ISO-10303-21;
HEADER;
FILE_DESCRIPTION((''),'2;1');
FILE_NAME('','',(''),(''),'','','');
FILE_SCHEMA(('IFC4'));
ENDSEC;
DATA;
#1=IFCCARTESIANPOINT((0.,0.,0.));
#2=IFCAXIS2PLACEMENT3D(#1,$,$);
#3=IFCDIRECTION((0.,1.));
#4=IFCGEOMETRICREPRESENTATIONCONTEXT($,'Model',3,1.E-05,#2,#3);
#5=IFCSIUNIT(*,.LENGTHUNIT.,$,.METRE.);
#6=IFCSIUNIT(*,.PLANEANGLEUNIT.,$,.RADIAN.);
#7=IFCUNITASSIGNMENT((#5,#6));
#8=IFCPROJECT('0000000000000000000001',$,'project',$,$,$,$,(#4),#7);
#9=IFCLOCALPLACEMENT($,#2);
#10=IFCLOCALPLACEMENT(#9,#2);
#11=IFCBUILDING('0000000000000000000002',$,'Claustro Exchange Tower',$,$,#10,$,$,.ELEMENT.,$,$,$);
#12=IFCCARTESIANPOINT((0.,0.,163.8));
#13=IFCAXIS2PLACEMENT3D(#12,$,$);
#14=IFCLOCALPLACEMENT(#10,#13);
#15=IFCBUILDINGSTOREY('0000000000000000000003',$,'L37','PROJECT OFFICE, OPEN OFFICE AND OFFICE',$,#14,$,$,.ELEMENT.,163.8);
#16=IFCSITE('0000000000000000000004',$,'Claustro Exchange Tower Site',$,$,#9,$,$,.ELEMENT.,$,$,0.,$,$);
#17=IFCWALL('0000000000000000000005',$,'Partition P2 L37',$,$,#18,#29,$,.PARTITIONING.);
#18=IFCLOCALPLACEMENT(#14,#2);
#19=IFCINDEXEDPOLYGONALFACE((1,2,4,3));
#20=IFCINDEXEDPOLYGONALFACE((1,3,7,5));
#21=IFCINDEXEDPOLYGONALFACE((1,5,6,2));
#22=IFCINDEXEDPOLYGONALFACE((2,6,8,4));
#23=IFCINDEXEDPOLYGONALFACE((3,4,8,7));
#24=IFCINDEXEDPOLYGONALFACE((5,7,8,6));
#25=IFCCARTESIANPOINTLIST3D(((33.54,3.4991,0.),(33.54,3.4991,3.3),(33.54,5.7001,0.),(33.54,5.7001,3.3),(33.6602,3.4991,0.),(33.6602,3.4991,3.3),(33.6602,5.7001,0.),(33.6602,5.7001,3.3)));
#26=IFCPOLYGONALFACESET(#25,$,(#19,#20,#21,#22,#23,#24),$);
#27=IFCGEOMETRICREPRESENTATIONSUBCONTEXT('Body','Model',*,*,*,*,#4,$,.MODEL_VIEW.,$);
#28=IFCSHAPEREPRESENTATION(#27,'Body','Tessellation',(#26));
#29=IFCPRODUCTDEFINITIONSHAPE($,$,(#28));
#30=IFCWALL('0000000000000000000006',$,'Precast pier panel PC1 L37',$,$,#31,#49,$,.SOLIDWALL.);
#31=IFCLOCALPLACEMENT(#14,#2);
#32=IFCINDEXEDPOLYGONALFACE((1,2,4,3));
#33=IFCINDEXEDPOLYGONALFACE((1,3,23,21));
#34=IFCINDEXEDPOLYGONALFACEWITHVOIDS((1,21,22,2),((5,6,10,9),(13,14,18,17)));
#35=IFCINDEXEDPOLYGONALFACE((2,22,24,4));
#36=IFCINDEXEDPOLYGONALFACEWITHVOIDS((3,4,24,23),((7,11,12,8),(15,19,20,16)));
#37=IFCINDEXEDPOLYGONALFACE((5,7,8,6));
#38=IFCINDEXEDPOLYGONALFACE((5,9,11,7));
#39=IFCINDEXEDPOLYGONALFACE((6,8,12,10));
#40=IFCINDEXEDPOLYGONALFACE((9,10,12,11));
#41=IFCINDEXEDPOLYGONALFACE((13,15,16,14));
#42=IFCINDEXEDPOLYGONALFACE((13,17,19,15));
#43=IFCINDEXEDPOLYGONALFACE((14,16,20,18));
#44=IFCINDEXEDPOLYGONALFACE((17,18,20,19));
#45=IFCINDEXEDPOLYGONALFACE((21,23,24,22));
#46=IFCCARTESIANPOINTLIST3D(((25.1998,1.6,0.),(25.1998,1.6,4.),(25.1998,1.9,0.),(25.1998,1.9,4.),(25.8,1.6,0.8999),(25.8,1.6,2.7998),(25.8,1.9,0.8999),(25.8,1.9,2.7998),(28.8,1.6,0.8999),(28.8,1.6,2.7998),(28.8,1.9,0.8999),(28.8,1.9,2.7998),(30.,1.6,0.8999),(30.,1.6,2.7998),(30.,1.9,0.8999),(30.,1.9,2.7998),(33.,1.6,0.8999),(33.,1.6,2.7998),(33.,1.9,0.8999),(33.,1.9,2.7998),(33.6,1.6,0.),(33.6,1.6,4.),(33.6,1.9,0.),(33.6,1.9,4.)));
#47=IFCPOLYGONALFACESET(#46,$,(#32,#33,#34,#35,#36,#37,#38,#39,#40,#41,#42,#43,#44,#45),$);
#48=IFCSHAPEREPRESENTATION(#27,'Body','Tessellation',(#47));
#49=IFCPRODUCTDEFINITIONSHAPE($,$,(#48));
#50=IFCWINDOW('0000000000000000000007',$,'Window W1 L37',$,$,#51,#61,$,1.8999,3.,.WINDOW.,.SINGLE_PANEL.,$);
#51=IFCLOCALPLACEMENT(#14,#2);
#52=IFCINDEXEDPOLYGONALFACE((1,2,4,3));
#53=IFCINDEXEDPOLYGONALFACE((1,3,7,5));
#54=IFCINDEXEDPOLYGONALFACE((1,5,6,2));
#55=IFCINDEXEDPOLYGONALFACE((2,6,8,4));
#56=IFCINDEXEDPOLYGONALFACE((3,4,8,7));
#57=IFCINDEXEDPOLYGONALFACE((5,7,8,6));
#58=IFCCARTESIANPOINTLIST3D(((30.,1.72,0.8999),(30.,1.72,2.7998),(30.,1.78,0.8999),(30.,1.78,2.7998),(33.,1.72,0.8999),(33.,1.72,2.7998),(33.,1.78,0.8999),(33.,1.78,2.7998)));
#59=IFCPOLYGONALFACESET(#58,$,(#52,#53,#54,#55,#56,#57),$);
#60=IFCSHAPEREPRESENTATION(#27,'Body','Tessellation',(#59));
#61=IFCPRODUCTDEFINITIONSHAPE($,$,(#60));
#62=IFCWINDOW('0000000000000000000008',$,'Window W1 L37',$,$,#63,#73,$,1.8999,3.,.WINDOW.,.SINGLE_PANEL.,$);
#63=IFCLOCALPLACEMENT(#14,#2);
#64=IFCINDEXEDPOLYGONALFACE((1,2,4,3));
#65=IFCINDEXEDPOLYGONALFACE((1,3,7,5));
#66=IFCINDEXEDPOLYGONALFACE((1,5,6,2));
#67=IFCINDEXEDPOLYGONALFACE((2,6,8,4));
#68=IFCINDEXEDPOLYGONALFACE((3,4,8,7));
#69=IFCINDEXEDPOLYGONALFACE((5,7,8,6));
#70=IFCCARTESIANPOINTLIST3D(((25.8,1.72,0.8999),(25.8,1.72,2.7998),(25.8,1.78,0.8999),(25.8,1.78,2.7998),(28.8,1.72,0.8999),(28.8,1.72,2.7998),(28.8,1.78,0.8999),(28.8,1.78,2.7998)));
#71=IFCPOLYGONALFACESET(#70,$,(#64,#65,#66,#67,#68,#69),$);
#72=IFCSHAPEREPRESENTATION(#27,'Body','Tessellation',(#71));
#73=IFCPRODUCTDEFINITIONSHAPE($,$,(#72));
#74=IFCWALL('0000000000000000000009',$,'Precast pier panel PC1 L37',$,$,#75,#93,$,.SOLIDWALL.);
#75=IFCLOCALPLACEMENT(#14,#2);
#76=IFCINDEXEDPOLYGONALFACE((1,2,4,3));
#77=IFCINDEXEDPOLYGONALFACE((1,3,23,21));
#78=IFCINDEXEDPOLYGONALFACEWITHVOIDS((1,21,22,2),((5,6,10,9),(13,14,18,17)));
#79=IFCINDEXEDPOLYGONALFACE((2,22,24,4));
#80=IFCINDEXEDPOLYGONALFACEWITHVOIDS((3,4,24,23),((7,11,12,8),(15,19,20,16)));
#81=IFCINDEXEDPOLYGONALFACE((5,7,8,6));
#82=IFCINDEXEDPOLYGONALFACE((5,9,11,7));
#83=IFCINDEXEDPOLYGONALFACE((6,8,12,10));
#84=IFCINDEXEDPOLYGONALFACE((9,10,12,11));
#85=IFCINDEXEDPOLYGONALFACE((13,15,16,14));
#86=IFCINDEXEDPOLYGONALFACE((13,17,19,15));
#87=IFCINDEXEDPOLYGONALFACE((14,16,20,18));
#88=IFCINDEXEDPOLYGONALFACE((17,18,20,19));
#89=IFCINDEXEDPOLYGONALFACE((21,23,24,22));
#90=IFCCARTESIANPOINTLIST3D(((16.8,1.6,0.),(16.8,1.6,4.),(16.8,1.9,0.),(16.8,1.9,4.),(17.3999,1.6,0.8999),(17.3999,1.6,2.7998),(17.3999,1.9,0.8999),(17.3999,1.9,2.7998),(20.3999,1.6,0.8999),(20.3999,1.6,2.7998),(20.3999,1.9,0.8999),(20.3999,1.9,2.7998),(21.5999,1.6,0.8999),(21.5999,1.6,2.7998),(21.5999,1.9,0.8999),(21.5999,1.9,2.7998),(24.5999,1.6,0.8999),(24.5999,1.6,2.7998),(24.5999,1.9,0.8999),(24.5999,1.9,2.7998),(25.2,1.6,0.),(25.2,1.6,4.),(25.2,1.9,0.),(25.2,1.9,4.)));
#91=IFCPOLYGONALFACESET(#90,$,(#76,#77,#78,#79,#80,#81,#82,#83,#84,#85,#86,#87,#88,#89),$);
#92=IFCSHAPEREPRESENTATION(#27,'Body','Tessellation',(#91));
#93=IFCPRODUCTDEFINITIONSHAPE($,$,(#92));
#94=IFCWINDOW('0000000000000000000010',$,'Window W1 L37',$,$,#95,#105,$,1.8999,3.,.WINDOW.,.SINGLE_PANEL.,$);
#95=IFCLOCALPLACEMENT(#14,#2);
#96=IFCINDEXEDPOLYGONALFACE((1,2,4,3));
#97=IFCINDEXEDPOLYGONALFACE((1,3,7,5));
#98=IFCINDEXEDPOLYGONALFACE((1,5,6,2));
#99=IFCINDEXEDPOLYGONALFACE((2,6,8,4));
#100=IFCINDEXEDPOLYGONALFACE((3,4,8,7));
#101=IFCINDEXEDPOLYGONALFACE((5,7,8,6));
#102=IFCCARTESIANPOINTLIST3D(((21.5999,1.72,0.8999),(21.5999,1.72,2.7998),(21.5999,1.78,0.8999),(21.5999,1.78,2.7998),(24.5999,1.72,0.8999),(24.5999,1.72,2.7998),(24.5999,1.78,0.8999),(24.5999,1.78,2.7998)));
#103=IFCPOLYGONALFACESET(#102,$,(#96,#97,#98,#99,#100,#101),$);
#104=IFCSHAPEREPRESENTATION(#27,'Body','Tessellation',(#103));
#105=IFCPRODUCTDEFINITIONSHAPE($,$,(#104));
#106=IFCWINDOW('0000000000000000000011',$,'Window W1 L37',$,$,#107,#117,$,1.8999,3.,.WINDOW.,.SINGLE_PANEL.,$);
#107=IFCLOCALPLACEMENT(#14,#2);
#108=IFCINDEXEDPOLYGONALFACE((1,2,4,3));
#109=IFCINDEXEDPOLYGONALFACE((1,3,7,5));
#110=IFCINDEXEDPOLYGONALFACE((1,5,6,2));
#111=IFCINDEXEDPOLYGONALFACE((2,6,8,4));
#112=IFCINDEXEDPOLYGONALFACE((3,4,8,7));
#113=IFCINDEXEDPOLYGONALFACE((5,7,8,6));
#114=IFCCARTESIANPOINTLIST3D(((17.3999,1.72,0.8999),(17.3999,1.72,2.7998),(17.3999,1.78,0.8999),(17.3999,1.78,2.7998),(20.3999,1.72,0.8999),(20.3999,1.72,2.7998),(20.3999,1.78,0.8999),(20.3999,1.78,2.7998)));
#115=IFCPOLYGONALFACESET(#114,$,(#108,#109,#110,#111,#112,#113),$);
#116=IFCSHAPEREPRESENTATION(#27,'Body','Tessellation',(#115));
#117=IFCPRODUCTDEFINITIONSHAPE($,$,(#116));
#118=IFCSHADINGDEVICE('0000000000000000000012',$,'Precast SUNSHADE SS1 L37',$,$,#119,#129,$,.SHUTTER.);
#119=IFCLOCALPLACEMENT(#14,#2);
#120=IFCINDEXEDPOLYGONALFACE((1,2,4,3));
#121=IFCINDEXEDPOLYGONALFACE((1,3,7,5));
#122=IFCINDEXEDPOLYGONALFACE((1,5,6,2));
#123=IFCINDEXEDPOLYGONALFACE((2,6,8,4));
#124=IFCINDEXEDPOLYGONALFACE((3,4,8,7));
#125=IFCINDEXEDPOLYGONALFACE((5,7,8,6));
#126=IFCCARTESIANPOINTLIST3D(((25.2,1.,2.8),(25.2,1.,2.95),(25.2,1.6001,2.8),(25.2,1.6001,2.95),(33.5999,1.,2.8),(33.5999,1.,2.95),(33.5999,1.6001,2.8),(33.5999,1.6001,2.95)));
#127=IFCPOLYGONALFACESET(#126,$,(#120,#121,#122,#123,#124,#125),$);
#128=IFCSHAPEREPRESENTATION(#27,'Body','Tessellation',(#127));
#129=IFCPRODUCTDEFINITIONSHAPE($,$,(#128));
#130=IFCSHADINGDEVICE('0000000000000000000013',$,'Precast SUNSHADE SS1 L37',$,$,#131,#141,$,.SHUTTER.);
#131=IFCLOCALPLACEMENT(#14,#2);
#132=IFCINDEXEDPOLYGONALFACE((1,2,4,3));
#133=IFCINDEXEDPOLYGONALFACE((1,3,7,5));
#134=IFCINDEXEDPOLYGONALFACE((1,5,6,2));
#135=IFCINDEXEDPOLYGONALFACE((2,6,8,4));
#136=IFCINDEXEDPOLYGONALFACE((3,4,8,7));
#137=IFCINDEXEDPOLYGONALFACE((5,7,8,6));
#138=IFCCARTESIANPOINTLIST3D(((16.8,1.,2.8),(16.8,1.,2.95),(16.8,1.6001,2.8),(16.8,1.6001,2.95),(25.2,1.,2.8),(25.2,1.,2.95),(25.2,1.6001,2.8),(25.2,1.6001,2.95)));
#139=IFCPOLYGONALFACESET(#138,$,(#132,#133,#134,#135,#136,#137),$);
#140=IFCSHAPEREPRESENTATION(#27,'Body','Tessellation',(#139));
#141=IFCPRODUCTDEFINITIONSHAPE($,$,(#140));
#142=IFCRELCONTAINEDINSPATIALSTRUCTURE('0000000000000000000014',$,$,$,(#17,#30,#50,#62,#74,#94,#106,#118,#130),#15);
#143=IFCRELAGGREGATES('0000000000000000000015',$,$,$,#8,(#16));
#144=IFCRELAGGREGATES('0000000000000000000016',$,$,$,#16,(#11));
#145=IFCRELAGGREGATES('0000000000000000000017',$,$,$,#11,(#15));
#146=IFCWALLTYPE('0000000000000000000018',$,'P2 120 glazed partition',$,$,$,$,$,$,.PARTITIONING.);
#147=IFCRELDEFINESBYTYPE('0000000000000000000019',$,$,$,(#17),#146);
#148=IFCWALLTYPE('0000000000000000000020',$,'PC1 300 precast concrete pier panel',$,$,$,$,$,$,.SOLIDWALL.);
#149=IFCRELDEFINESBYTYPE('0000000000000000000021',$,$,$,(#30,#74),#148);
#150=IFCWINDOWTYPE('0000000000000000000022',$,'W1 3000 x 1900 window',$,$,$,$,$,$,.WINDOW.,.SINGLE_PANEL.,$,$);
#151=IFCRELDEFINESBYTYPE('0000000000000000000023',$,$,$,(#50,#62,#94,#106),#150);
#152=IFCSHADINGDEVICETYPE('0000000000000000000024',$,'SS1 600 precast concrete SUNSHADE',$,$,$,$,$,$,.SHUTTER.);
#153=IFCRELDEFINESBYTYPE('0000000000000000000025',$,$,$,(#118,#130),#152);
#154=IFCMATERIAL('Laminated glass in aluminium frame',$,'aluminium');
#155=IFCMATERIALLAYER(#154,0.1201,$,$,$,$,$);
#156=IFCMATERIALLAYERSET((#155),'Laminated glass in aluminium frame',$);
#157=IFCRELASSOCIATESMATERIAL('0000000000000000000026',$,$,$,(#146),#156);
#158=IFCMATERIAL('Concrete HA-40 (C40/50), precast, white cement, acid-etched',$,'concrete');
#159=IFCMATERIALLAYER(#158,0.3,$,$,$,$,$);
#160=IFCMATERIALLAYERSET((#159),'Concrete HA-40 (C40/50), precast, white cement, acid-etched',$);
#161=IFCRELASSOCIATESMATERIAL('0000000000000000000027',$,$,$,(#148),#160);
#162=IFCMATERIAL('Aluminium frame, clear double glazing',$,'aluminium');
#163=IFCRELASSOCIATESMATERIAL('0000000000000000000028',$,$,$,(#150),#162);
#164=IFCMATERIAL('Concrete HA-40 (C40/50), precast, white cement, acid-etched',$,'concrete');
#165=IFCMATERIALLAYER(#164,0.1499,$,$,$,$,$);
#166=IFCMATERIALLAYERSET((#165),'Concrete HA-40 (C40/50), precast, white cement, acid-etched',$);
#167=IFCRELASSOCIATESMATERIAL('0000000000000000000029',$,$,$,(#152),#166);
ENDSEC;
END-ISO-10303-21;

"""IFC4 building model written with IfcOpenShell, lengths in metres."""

from ifc_helpers import new_model, si_unit, direction, frame, frame_2d, origin, origin_2d, place, context, subcontext, project, spatial, rectangle, extrude, material, layer, layer_set, type_object, element, fill, save


model = new_model("IFC4")

# Units and contexts
model_context = context("Model", 3, precision=1e-05, world=origin(), true_north=direction((0.0, 1.0)))
body_context = subcontext(model_context, "Body", "Model", "MODEL_VIEW")
ifc_project = project(units=[si_unit("LENGTHUNIT", "METRE"), si_unit("PLANEANGLEUNIT", "RADIAN")], contexts=[model_context])

# Site, building, storey
site_placement = place(None, origin())
site = spatial("IfcSite", under=ifc_project, at=site_placement, Name="Claustro Exchange Tower Site", CompositionType="ELEMENT", RefElevation=0.0)
building_placement = place(site_placement, origin())
building = spatial("IfcBuilding", under=site, at=building_placement, Name="Claustro Exchange Tower", CompositionType="ELEMENT")
storey_placement = place(building_placement, frame((0.0, 0.0, 163.8)))
storey = spatial("IfcBuildingStorey", under=building, at=storey_placement, Name="L37", Description="PROJECT OFFICE, OPEN OFFICE AND OFFICE", CompositionType="ELEMENT", Elevation=163.8)

# Wall
ifc_material_1 = material(Name="Laminated glass in aluminium frame", Category="aluminium")
ifc_layer_1 = layer(ifc_material_1, 0.1201)
ifc_layer_set_1 = layer_set([ifc_layer_1], Name="Laminated glass in aluminium frame")
wall_type_1 = type_object("IfcWallType", Name="P2 120 glazed partition", PredefinedType="PARTITIONING", material=ifc_layer_set_1)
wall_1_placement = place(storey_placement, frame((33.6001, 3.499, 0.0), z_axis=(0.0, 0.0, 1.0), x_axis=(0.0, 1.0, 0.0)))
element("IfcWall", 1, at=wall_1_placement, inside=storey, type_object=wall_type_1, Name="Partition P2 L37", PredefinedType="PARTITIONING", context=body_context, shape_type="SweptSolid", body=[
    extrude(rectangle(XDim=2.2009, YDim=0.1201, at=frame_2d((1.1006, 0.0))), origin(), (0.0, 0.0, 1.0), 3.3),
])

# Walls, openings, windows
ifc_material_2 = material(Name="Concrete HA-40 (C40/50), precast, white cement, acid-etched", Category="concrete")
ifc_layer_2 = layer(ifc_material_2, 0.3)
ifc_layer_set_2 = layer_set([ifc_layer_2], Name="Concrete HA-40 (C40/50), precast, white cement, acid-etched")
wall_type_2 = type_object("IfcWallType", Name="PC1 300 precast concrete pier panel", PredefinedType="SOLIDWALL", material=ifc_layer_set_2)
wall_2_placement = place(storey_placement, frame((33.6001, 1.75, 0.0), z_axis=(0.0, 0.0, 1.0), x_axis=(-1.0, 0.0, 0.0)))
wall_2 = element("IfcWall", 2, at=wall_2_placement, inside=storey, type_object=wall_type_2, Name="Precast pier panel PC1 L37", PredefinedType="SOLIDWALL", context=body_context, shape_type="SweptSolid", body=[
    extrude(rectangle(XDim=8.4001, YDim=0.3, at=frame_2d((4.2002, 0.0))), origin(), (0.0, 0.0, 1.0), 4.0),
])
opening_1_placement = place(wall_2_placement, frame((0.6001, 0.0, 0.8999)))
opening_1 = element("IfcOpeningElement", 3, at=opening_1_placement, cuts=wall_2, PredefinedType="OPENING", context=body_context, shape_type="SweptSolid", body=[
    extrude(rectangle(XDim=3.0, YDim=1.8999, at=frame_2d((1.5, 0.95))), frame((0.0, 0.1599, 0.0), z_axis=(0.0, -1.0, 0.0), x_axis=(1.0, 0.0, 0.0)), (0.0, 0.0, 1.0), 0.3201),
])
opening_2_placement = place(wall_2_placement, frame((4.8, 0.0, 0.8999)))
opening_2 = element("IfcOpeningElement", 4, at=opening_2_placement, cuts=wall_2, PredefinedType="OPENING", context=body_context, shape_type="SweptSolid", body=[
    extrude(rectangle(XDim=3.0, YDim=1.8999, at=frame_2d((1.5, 0.95))), frame((0.0, 0.1599, 0.0), z_axis=(0.0, -1.0, 0.0), x_axis=(1.0, 0.0, 0.0)), (0.0, 0.0, 1.0), 0.3201),
])
ifc_material_3 = material(Name="Aluminium frame, clear double glazing", Category="aluminium")
window_type = type_object("IfcWindowType", Name="W1 3000 x 1900 window", PartitioningType="SINGLE_PANEL", PredefinedType="WINDOW", material=ifc_material_3)
window_1_placement = place(opening_1_placement, origin())
window_1 = element("IfcWindow", 5, at=window_1_placement, inside=storey, type_object=window_type, Name="Window W1 L37", OverallHeight=1.8999, OverallWidth=3.0, PartitioningType="SINGLE_PANEL", PredefinedType="WINDOW", context=body_context, shape_type="SweptSolid", body=[
    extrude(rectangle(XDim=3.0, YDim=1.8999, at=frame_2d((1.5, 0.95))), frame((0.0, 0.03, 0.0), z_axis=(0.0, -1.0, 0.0), x_axis=(1.0, 0.0, 0.0)), (0.0, 0.0, 1.0), 0.0601),
])
fill(opening_1, window_1)
window_2_placement = place(opening_2_placement, origin())
window_2 = element("IfcWindow", 6, at=window_2_placement, inside=storey, type_object=window_type, Name="Window W1 L37", OverallHeight=1.8999, OverallWidth=3.0, PartitioningType="SINGLE_PANEL", PredefinedType="WINDOW", context=body_context, shape_type="SweptSolid", body=[
    extrude(rectangle(XDim=3.0, YDim=1.8999, at=frame_2d((1.5, 0.95))), frame((0.0, 0.03, 0.0), z_axis=(0.0, -1.0, 0.0), x_axis=(1.0, 0.0, 0.0)), (0.0, 0.0, 1.0), 0.0601),
])
fill(opening_2, window_2)
wall_3_placement = place(storey_placement, frame((25.2, 1.75, 0.0), z_axis=(0.0, 0.0, 1.0), x_axis=(-1.0, 0.0, 0.0)))
wall_3 = element("IfcWall", 7, at=wall_3_placement, inside=storey, type_object=wall_type_2, Name="Precast pier panel PC1 L37", PredefinedType="SOLIDWALL", context=body_context, shape_type="SweptSolid", body=[
    extrude(rectangle(XDim=8.3999, YDim=0.3, at=frame_2d((4.2, 0.0))), origin(), (0.0, 0.0, 1.0), 4.0),
])
opening_3_placement = place(wall_3_placement, frame((0.6001, 0.0, 0.8999)))
opening_3 = element("IfcOpeningElement", 8, at=opening_3_placement, cuts=wall_3, PredefinedType="OPENING", context=body_context, shape_type="SweptSolid", body=[
    extrude(rectangle(XDim=3.0, YDim=1.8999, at=frame_2d((1.5, 0.95))), frame((0.0, 0.1599, 0.0), z_axis=(0.0, -1.0, 0.0), x_axis=(1.0, 0.0, 0.0)), (0.0, 0.0, 1.0), 0.3201),
])
opening_4_placement = place(wall_3_placement, frame((4.8, 0.0, 0.8999)))
opening_4 = element("IfcOpeningElement", 9, at=opening_4_placement, cuts=wall_3, PredefinedType="OPENING", context=body_context, shape_type="SweptSolid", body=[
    extrude(rectangle(XDim=3.0, YDim=1.8999, at=frame_2d((1.5, 0.95))), frame((0.0, 0.1599, 0.0), z_axis=(0.0, -1.0, 0.0), x_axis=(1.0, 0.0, 0.0)), (0.0, 0.0, 1.0), 0.3201),
])
window_3_placement = place(opening_3_placement, origin())
window_3 = element("IfcWindow", 10, at=window_3_placement, inside=storey, type_object=window_type, Name="Window W1 L37", OverallHeight=1.8999, OverallWidth=3.0, PartitioningType="SINGLE_PANEL", PredefinedType="WINDOW", context=body_context, shape_type="SweptSolid", body=[
    extrude(rectangle(XDim=3.0, YDim=1.8999, at=frame_2d((1.5, 0.95))), frame((0.0, 0.03, 0.0), z_axis=(0.0, -1.0, 0.0), x_axis=(1.0, 0.0, 0.0)), (0.0, 0.0, 1.0), 0.0601),
])
fill(opening_3, window_3)
window_4_placement = place(opening_4_placement, origin())
window_4 = element("IfcWindow", 11, at=window_4_placement, inside=storey, type_object=window_type, Name="Window W1 L37", OverallHeight=1.8999, OverallWidth=3.0, PartitioningType="SINGLE_PANEL", PredefinedType="WINDOW", context=body_context, shape_type="SweptSolid", body=[
    extrude(rectangle(XDim=3.0, YDim=1.8999, at=frame_2d((1.5, 0.95))), frame((0.0, 0.03, 0.0), z_axis=(0.0, -1.0, 0.0), x_axis=(1.0, 0.0, 0.0)), (0.0, 0.0, 1.0), 0.0601),
])
fill(opening_4, window_4)

# Shading devices
ifc_material_4 = material(Name="Concrete HA-40 (C40/50), precast, white cement, acid-etched", Category="concrete")
ifc_layer_3 = layer(ifc_material_4, 0.1499)
ifc_layer_set_3 = layer_set([ifc_layer_3], Name="Concrete HA-40 (C40/50), precast, white cement, acid-etched")
shading_device_type = type_object("IfcShadingDeviceType", Name="SS1 600 precast concrete SUNSHADE", PredefinedType="SHUTTER", material=ifc_layer_set_3)
for number, where, z_axis, x_axis, name in (
    (12, (29.3999, 1.3, 2.8), (0.0, 0.0, 1.0), (-1.0, 0.0, 0.0), "Precast SUNSHADE SS1 L37"),
    (13, (21.0, 1.3, 2.8), (0.0, 0.0, 1.0), (-1.0, 0.0, 0.0), "Precast SUNSHADE SS1 L37"),
):
    element("IfcShadingDevice", number, at=place(storey_placement, frame(where, z_axis=z_axis, x_axis=x_axis)), inside=storey, type_object=shading_device_type, Name=name, PredefinedType="SHUTTER", context=body_context, shape_type="SweptSolid", body=[
        extrude(rectangle(XDim=8.3999, YDim=0.6001, at=origin_2d()), origin(), (0.0, 0.0, 1.0), 0.1499),
    ])

save(model, "model.ifc")
